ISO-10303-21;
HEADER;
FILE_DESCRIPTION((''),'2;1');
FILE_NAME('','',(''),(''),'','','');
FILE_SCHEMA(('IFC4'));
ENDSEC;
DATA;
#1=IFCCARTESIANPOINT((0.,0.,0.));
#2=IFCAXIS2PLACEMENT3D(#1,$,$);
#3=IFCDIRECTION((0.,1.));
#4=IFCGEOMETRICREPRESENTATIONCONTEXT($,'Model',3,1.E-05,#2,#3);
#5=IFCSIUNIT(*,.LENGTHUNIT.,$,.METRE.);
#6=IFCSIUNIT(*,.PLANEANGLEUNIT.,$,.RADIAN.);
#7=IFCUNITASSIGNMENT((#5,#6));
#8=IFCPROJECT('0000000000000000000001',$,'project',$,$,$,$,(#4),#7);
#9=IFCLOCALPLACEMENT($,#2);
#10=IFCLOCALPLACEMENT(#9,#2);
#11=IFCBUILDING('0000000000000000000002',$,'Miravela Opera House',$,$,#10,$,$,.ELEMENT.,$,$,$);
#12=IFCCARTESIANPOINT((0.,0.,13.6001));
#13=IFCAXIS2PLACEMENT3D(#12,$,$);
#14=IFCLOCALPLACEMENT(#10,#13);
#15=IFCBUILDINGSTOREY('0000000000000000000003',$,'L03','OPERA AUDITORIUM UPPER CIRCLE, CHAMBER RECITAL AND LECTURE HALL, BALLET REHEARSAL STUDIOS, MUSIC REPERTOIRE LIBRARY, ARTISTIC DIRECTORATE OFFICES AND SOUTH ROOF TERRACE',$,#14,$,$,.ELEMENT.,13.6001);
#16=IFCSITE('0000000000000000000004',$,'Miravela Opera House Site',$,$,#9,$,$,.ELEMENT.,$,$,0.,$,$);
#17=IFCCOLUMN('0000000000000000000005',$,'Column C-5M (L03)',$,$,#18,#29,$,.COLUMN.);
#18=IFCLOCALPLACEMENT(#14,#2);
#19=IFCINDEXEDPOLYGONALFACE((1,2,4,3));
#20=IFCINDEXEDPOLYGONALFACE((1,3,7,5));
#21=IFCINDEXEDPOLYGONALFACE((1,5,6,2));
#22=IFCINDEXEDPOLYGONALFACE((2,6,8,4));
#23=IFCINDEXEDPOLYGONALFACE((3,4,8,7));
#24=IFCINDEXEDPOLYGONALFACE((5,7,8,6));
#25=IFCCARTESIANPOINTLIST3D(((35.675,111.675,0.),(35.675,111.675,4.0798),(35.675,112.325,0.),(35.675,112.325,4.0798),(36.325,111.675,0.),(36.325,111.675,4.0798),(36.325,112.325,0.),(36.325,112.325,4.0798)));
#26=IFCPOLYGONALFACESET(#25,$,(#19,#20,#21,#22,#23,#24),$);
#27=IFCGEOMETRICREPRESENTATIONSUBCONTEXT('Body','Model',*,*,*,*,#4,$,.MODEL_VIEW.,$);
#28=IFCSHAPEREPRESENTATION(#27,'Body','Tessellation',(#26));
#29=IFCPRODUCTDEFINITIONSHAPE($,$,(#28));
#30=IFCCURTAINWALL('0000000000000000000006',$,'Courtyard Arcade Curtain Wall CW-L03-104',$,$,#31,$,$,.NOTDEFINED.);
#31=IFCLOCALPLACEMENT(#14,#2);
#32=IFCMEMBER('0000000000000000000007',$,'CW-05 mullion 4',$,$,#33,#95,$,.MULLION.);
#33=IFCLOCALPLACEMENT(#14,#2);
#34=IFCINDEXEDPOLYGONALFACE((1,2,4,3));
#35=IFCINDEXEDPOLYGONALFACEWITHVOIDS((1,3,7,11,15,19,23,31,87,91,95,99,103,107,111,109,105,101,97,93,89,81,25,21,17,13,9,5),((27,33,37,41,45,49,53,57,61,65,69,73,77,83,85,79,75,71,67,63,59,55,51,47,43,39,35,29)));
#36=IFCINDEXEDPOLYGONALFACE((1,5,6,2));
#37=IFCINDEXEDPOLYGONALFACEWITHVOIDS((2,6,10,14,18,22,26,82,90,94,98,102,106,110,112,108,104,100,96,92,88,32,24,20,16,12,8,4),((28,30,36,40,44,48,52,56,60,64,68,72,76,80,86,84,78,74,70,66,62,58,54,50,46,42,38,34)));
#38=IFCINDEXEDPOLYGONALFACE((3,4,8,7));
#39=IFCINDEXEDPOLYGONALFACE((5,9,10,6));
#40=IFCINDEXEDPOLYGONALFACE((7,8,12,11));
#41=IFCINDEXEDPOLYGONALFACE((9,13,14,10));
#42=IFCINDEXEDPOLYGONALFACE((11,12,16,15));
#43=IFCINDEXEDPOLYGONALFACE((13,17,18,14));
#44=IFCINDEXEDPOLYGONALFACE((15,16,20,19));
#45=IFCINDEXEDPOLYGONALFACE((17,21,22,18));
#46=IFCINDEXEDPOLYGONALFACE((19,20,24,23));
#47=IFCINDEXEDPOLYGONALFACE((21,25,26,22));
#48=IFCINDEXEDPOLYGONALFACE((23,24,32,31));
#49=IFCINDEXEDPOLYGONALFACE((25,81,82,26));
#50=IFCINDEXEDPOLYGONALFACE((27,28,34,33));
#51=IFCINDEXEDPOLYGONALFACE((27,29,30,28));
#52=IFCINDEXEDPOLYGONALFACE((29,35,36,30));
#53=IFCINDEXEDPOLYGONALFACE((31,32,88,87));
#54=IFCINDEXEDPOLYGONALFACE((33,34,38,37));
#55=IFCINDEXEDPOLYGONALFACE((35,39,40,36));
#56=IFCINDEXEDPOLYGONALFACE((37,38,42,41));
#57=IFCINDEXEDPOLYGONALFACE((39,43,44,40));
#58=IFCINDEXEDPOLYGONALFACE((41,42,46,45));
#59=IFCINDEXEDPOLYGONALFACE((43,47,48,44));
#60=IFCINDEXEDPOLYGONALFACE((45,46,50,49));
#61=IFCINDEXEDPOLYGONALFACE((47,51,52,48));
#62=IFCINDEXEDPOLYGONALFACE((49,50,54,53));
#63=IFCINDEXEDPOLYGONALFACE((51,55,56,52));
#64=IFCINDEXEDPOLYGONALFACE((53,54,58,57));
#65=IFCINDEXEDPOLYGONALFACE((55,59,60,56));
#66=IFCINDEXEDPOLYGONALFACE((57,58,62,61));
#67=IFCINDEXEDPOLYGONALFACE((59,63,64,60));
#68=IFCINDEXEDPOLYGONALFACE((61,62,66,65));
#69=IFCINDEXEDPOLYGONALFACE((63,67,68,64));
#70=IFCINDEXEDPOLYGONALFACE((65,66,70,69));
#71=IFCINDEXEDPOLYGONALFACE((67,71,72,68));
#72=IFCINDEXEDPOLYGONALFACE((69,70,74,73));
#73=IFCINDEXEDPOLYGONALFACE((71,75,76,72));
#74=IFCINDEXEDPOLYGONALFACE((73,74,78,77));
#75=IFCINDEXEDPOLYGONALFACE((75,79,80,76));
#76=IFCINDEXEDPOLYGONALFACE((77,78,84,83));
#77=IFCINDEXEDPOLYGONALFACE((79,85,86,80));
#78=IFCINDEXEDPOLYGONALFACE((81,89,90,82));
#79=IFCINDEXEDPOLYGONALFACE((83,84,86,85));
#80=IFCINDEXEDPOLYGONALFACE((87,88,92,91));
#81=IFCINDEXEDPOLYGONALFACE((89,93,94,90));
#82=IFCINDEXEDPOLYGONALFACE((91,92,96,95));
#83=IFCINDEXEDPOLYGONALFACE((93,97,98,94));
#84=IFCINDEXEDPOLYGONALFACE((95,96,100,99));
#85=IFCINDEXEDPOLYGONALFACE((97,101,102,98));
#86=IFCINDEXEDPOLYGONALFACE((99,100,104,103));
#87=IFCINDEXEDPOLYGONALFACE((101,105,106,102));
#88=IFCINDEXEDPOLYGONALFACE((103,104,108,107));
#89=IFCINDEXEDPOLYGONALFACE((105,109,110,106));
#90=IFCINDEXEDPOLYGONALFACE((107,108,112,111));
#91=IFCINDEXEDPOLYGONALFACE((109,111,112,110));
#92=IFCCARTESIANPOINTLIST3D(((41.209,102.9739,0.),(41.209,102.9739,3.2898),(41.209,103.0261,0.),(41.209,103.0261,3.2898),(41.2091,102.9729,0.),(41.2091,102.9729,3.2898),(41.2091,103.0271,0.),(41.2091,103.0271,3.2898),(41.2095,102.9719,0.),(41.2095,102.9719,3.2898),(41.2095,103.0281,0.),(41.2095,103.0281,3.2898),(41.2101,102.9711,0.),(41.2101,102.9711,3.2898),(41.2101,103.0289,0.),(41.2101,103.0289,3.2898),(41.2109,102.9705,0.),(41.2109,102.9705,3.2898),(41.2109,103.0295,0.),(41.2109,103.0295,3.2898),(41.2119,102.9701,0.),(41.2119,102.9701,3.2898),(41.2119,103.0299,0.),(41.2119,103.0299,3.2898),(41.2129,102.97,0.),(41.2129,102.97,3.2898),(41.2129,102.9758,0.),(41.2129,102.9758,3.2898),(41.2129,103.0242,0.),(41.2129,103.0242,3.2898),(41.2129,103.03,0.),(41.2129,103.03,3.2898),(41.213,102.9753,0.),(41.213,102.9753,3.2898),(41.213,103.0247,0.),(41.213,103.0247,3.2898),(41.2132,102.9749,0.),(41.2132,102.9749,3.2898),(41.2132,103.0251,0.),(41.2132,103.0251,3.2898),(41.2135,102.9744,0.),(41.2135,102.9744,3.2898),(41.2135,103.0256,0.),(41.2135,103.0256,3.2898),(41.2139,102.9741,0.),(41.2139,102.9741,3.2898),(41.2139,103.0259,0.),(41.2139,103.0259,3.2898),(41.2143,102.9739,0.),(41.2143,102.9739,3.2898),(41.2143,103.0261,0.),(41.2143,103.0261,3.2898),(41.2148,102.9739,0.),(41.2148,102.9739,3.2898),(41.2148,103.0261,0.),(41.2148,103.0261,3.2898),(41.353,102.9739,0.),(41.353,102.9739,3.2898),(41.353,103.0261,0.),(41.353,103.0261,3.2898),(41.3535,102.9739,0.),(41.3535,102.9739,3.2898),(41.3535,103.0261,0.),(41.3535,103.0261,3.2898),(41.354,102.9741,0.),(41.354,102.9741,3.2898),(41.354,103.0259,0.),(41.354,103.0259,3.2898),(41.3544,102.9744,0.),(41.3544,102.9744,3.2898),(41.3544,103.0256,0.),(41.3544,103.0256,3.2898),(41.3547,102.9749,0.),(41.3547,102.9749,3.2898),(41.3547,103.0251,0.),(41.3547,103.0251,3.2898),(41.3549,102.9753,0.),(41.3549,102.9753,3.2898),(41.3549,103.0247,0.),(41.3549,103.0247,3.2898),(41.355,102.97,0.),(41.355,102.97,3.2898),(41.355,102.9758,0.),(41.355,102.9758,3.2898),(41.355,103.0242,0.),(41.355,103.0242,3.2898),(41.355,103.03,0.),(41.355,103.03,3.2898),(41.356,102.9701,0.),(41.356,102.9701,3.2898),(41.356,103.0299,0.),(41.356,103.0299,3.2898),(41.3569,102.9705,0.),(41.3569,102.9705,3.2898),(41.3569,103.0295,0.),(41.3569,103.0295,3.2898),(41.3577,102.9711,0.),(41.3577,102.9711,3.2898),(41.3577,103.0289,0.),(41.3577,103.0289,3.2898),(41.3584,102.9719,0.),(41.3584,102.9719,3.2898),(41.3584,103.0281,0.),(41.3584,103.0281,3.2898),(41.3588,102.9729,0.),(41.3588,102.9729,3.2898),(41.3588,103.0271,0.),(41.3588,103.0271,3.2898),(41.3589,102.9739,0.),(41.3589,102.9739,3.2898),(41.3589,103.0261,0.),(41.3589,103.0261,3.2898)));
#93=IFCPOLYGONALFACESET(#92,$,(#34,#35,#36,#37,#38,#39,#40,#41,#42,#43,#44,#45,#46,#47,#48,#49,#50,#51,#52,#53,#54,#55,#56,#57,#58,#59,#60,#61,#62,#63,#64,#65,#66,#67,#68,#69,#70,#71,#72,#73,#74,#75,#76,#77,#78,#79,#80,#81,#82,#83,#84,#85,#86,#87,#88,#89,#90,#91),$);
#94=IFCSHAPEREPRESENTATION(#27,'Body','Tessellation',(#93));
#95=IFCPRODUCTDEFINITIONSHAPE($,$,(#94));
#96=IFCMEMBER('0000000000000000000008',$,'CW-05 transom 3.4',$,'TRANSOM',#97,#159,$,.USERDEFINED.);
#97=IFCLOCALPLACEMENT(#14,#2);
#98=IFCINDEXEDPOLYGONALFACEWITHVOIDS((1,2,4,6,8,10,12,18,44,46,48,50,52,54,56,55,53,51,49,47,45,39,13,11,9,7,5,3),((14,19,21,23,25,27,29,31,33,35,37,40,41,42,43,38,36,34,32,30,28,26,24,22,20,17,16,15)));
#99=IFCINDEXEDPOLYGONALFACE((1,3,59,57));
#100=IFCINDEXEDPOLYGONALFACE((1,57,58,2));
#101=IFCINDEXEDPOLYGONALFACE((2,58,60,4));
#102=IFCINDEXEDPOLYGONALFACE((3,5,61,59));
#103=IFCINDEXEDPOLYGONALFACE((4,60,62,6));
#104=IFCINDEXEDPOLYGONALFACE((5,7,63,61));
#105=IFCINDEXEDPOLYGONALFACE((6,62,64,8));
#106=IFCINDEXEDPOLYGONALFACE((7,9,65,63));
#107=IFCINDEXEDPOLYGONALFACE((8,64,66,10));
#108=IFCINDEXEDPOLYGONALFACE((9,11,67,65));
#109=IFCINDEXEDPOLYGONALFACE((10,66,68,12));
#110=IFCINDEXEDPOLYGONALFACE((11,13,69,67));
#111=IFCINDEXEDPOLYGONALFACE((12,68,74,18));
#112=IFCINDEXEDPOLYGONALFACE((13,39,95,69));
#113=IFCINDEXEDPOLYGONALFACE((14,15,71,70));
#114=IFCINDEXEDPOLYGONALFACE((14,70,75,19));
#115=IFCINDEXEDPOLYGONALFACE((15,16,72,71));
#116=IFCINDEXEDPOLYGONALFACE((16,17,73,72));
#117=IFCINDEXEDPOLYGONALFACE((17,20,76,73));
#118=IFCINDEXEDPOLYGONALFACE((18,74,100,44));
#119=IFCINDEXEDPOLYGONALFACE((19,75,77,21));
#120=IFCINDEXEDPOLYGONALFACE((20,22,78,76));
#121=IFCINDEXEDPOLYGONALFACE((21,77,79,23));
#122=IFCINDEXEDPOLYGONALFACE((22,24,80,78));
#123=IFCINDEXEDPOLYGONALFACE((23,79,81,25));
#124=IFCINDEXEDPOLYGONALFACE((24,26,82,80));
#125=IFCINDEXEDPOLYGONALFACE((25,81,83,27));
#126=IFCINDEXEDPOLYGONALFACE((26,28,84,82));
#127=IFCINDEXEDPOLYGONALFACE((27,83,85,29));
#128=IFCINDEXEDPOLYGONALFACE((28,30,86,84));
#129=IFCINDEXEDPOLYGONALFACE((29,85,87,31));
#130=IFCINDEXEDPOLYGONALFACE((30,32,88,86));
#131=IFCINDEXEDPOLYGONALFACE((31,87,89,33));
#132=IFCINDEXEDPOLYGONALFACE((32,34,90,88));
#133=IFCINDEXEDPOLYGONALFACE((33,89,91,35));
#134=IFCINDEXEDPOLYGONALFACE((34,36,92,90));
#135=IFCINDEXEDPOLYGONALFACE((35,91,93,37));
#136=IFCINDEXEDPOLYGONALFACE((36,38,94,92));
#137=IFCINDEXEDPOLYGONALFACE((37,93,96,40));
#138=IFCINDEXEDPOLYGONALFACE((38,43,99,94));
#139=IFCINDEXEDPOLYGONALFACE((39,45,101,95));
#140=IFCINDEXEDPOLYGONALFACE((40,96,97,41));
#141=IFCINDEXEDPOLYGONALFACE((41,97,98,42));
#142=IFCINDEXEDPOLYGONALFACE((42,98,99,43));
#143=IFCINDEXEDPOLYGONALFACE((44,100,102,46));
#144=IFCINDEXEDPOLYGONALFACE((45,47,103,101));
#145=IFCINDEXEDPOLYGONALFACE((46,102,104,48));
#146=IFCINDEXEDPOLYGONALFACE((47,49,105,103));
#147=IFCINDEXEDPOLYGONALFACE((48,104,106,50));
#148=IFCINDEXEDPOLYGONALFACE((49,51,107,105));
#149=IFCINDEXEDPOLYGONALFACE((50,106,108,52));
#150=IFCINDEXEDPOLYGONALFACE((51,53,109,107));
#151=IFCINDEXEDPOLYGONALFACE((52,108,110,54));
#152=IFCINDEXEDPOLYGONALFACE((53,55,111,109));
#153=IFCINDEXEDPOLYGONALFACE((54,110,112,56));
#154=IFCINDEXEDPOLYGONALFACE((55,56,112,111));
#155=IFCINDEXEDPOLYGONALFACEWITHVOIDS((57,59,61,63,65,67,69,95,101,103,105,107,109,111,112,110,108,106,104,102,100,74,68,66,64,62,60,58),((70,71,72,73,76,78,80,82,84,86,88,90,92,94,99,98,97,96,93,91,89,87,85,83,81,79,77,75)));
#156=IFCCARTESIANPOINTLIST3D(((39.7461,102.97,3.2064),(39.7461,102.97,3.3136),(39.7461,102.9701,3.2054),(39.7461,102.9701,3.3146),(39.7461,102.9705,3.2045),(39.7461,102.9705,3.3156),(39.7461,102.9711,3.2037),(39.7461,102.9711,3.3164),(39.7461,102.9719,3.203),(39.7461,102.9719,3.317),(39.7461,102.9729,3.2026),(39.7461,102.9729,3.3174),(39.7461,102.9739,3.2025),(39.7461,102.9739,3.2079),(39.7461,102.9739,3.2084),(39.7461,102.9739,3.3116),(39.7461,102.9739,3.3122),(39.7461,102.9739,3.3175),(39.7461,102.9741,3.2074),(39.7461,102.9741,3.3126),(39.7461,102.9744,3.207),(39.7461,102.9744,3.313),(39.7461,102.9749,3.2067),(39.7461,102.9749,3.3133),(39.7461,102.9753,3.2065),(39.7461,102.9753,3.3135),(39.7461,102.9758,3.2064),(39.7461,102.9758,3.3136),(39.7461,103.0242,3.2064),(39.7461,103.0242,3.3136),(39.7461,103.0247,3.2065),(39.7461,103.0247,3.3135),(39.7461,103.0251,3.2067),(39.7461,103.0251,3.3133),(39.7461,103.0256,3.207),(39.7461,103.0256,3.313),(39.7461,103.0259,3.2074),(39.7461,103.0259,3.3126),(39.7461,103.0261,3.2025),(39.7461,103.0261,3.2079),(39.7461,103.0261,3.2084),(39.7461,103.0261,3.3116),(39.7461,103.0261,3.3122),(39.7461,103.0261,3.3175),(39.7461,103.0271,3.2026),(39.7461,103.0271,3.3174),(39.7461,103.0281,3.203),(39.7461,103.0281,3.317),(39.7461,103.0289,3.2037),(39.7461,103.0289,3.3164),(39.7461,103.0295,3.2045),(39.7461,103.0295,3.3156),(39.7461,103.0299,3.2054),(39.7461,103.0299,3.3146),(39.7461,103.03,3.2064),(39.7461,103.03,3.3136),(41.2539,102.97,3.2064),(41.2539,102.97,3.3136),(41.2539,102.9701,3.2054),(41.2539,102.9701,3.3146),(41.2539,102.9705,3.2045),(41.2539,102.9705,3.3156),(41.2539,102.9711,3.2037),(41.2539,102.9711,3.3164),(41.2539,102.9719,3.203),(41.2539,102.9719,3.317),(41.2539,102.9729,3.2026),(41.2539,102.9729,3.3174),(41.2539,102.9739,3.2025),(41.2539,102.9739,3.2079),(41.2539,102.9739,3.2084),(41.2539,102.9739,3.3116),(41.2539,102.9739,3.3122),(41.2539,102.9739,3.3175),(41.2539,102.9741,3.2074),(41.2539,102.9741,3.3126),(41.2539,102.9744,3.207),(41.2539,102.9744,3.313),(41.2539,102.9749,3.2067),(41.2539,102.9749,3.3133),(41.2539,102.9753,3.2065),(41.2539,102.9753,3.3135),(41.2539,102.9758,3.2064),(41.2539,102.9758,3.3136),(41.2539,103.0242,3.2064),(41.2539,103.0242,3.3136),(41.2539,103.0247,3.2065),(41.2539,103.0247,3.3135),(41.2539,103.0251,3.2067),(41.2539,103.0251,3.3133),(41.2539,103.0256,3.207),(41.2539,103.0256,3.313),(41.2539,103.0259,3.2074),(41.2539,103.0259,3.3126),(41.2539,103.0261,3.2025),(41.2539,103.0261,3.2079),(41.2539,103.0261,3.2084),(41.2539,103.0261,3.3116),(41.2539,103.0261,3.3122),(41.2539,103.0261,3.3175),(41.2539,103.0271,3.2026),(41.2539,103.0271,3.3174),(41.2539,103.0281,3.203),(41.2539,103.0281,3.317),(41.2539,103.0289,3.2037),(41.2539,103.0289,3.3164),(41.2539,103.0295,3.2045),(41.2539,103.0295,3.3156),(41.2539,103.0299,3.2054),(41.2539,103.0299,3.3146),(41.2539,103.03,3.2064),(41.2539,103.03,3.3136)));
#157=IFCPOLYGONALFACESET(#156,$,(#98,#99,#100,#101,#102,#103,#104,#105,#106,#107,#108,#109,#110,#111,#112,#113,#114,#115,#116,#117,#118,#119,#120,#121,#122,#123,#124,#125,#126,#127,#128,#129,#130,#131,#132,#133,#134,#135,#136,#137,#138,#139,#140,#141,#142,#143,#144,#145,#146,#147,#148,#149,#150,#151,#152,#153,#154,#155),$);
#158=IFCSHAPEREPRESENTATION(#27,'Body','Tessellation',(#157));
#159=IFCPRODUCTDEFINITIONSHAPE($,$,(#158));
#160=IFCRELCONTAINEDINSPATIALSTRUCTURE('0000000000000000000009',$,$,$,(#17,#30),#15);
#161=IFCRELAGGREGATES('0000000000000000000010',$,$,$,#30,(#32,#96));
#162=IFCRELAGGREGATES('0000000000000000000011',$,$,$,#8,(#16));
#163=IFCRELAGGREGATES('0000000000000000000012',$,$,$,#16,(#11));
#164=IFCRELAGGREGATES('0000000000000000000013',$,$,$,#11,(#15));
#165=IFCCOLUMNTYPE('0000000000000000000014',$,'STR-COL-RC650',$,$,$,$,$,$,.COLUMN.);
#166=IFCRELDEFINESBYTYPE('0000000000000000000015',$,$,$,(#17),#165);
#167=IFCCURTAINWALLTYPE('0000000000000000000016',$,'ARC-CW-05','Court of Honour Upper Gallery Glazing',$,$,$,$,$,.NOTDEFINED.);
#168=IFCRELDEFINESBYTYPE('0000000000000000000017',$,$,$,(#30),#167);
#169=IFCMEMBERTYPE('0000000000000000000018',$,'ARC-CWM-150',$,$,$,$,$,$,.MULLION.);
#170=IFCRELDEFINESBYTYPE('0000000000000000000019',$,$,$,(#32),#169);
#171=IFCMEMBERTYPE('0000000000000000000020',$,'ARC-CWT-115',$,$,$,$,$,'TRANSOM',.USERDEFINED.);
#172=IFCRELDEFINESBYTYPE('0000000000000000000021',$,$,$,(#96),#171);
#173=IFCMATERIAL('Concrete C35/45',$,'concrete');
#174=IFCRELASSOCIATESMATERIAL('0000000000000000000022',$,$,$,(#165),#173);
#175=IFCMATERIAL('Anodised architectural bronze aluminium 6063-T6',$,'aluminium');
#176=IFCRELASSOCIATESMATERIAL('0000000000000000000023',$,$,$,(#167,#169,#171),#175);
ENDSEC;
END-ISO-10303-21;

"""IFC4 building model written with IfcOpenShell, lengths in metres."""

from ifc_helpers import new_model, si_unit, direction, frame, origin, origin_2d, place, context, subcontext, project, spatial, rectangle, hollow_rectangle, extrude, material, material_profile, profile_set, type_object, element, aggregate, save


model = new_model("IFC4")

# Units and contexts
model_context = context("Model", 3, precision=1e-05, world=origin(), true_north=direction((0.0, 1.0)))
body_context = subcontext(model_context, "Body", "Model", "MODEL_VIEW")
ifc_project = project(units=[si_unit("LENGTHUNIT", "METRE"), si_unit("PLANEANGLEUNIT", "RADIAN")], contexts=[model_context])

# Site, building, storey
site_placement = place(None, origin())
site = spatial("IfcSite", under=ifc_project, at=site_placement, Name="Miravela Opera House Site", CompositionType="ELEMENT", RefElevation=0.0)
building_placement = place(site_placement, origin())
building = spatial("IfcBuilding", under=site, at=building_placement, Name="Miravela Opera House", CompositionType="ELEMENT")
storey_placement = place(building_placement, frame((0.0, 0.0, 13.6001)))
storey = spatial("IfcBuildingStorey", under=building, at=storey_placement, Name="L03", Description="OPERA AUDITORIUM UPPER CIRCLE, CHAMBER RECITAL AND LECTURE HALL, BALLET REHEARSAL STUDIOS, MUSIC REPERTOIRE LIBRARY, ARTISTIC DIRECTORATE OFFICES AND SOUTH ROOF TERRACE", CompositionType="ELEMENT", Elevation=13.6001)

# Column
ifc_material_1 = material(Name="Concrete C35/45", Category="concrete")
ifc_material_profile_1 = material_profile(ifc_material_1, rectangle(XDim=0.6499, YDim=0.6499, at=origin_2d()), Name="RC-COL-650X650")
ifc_profile_set_1 = profile_set([ifc_material_profile_1])
column_type = type_object("IfcColumnType", Name="STR-COL-RC650", PredefinedType="COLUMN", material=ifc_profile_set_1)
column_placement = place(storey_placement, frame((36.0, 112.0, 0.0), z_axis=(0.0, 0.0, 1.0), x_axis=(1.0, 0.0, 0.0)))
element("IfcColumn", 1, at=column_placement, inside=storey, type_object=column_type, Name="Column C-5M (L03)", PredefinedType="COLUMN", context=body_context, shape_type="SweptSolid", body=[
    extrude(rectangle(XDim=0.6499, YDim=0.6499, at=origin_2d()), origin(), (0.0, 0.0, 1.0), 4.0798),
])

# Curtain wall, members
ifc_material_2 = material(Name="Anodised architectural bronze aluminium 6063-T6", Category="aluminium")
curtain_wall_type = type_object("IfcCurtainWallType", Name="ARC-CW-05", Description="Court of Honour Upper Gallery Glazing", PredefinedType="NOTDEFINED", material=ifc_material_2)
curtain_wall_placement = place(storey_placement, origin())
curtain_wall = element("IfcCurtainWall", 2, at=curtain_wall_placement, inside=storey, type_object=curtain_wall_type, Name="Courtyard Arcade Curtain Wall CW-L03-104", PredefinedType="NOTDEFINED")
ifc_material_profile_2 = material_profile(ifc_material_2, hollow_rectangle(XDim=0.0601, YDim=0.1499, WallThickness=0.0039, InnerFilletRadius=0.002, OuterFilletRadius=0.0039, at=origin_2d()), Name="CWM-60X150")
ifc_profile_set_2 = profile_set([ifc_material_profile_2])
member_type_1 = type_object("IfcMemberType", Name="ARC-CWM-150", PredefinedType="MULLION", material=ifc_profile_set_2)
member_1_placement = place(storey_placement, frame((41.2839, 103.0, 0.0), z_axis=(0.0, 0.0, 1.0), x_axis=(0.0, 1.0, 0.0)))
member_1 = element("IfcMember", 3, at=member_1_placement, type_object=member_type_1, Name="CW-05 mullion 4", PredefinedType="MULLION", context=body_context, shape_type="SweptSolid", body=[
    extrude(hollow_rectangle(XDim=0.0601, YDim=0.1499, WallThickness=0.0039, InnerFilletRadius=0.002, OuterFilletRadius=0.0039, at=origin_2d()), origin(), (0.0, 0.0, 1.0), 3.2898),
])
ifc_material_profile_3 = material_profile(ifc_material_2, hollow_rectangle(XDim=0.0601, YDim=0.115, WallThickness=0.0039, InnerFilletRadius=0.002, OuterFilletRadius=0.0039, at=origin_2d()), Name="CWT-60X115")
ifc_profile_set_3 = profile_set([ifc_material_profile_3])
member_type_2 = type_object("IfcMemberType", Name="ARC-CWT-115", ElementType="TRANSOM", PredefinedType="USERDEFINED", material=ifc_profile_set_3)
member_2_placement = place(storey_placement, frame((39.7461, 103.0, 3.26), z_axis=(1.0, 0.0, 0.0), x_axis=(0.0, 1.0, 0.0)))
member_2 = element("IfcMember", 4, at=member_2_placement, type_object=member_type_2, Name="CW-05 transom 3.4", ObjectType="TRANSOM", PredefinedType="USERDEFINED", context=body_context, shape_type="SweptSolid", body=[
    extrude(hollow_rectangle(XDim=0.0601, YDim=0.115, WallThickness=0.0039, InnerFilletRadius=0.002, OuterFilletRadius=0.0039, at=origin_2d()), origin(), (0.0, 0.0, 1.0), 1.5078),
])

aggregate(curtain_wall, [member_1, member_2])

save(model, "model.ifc")
